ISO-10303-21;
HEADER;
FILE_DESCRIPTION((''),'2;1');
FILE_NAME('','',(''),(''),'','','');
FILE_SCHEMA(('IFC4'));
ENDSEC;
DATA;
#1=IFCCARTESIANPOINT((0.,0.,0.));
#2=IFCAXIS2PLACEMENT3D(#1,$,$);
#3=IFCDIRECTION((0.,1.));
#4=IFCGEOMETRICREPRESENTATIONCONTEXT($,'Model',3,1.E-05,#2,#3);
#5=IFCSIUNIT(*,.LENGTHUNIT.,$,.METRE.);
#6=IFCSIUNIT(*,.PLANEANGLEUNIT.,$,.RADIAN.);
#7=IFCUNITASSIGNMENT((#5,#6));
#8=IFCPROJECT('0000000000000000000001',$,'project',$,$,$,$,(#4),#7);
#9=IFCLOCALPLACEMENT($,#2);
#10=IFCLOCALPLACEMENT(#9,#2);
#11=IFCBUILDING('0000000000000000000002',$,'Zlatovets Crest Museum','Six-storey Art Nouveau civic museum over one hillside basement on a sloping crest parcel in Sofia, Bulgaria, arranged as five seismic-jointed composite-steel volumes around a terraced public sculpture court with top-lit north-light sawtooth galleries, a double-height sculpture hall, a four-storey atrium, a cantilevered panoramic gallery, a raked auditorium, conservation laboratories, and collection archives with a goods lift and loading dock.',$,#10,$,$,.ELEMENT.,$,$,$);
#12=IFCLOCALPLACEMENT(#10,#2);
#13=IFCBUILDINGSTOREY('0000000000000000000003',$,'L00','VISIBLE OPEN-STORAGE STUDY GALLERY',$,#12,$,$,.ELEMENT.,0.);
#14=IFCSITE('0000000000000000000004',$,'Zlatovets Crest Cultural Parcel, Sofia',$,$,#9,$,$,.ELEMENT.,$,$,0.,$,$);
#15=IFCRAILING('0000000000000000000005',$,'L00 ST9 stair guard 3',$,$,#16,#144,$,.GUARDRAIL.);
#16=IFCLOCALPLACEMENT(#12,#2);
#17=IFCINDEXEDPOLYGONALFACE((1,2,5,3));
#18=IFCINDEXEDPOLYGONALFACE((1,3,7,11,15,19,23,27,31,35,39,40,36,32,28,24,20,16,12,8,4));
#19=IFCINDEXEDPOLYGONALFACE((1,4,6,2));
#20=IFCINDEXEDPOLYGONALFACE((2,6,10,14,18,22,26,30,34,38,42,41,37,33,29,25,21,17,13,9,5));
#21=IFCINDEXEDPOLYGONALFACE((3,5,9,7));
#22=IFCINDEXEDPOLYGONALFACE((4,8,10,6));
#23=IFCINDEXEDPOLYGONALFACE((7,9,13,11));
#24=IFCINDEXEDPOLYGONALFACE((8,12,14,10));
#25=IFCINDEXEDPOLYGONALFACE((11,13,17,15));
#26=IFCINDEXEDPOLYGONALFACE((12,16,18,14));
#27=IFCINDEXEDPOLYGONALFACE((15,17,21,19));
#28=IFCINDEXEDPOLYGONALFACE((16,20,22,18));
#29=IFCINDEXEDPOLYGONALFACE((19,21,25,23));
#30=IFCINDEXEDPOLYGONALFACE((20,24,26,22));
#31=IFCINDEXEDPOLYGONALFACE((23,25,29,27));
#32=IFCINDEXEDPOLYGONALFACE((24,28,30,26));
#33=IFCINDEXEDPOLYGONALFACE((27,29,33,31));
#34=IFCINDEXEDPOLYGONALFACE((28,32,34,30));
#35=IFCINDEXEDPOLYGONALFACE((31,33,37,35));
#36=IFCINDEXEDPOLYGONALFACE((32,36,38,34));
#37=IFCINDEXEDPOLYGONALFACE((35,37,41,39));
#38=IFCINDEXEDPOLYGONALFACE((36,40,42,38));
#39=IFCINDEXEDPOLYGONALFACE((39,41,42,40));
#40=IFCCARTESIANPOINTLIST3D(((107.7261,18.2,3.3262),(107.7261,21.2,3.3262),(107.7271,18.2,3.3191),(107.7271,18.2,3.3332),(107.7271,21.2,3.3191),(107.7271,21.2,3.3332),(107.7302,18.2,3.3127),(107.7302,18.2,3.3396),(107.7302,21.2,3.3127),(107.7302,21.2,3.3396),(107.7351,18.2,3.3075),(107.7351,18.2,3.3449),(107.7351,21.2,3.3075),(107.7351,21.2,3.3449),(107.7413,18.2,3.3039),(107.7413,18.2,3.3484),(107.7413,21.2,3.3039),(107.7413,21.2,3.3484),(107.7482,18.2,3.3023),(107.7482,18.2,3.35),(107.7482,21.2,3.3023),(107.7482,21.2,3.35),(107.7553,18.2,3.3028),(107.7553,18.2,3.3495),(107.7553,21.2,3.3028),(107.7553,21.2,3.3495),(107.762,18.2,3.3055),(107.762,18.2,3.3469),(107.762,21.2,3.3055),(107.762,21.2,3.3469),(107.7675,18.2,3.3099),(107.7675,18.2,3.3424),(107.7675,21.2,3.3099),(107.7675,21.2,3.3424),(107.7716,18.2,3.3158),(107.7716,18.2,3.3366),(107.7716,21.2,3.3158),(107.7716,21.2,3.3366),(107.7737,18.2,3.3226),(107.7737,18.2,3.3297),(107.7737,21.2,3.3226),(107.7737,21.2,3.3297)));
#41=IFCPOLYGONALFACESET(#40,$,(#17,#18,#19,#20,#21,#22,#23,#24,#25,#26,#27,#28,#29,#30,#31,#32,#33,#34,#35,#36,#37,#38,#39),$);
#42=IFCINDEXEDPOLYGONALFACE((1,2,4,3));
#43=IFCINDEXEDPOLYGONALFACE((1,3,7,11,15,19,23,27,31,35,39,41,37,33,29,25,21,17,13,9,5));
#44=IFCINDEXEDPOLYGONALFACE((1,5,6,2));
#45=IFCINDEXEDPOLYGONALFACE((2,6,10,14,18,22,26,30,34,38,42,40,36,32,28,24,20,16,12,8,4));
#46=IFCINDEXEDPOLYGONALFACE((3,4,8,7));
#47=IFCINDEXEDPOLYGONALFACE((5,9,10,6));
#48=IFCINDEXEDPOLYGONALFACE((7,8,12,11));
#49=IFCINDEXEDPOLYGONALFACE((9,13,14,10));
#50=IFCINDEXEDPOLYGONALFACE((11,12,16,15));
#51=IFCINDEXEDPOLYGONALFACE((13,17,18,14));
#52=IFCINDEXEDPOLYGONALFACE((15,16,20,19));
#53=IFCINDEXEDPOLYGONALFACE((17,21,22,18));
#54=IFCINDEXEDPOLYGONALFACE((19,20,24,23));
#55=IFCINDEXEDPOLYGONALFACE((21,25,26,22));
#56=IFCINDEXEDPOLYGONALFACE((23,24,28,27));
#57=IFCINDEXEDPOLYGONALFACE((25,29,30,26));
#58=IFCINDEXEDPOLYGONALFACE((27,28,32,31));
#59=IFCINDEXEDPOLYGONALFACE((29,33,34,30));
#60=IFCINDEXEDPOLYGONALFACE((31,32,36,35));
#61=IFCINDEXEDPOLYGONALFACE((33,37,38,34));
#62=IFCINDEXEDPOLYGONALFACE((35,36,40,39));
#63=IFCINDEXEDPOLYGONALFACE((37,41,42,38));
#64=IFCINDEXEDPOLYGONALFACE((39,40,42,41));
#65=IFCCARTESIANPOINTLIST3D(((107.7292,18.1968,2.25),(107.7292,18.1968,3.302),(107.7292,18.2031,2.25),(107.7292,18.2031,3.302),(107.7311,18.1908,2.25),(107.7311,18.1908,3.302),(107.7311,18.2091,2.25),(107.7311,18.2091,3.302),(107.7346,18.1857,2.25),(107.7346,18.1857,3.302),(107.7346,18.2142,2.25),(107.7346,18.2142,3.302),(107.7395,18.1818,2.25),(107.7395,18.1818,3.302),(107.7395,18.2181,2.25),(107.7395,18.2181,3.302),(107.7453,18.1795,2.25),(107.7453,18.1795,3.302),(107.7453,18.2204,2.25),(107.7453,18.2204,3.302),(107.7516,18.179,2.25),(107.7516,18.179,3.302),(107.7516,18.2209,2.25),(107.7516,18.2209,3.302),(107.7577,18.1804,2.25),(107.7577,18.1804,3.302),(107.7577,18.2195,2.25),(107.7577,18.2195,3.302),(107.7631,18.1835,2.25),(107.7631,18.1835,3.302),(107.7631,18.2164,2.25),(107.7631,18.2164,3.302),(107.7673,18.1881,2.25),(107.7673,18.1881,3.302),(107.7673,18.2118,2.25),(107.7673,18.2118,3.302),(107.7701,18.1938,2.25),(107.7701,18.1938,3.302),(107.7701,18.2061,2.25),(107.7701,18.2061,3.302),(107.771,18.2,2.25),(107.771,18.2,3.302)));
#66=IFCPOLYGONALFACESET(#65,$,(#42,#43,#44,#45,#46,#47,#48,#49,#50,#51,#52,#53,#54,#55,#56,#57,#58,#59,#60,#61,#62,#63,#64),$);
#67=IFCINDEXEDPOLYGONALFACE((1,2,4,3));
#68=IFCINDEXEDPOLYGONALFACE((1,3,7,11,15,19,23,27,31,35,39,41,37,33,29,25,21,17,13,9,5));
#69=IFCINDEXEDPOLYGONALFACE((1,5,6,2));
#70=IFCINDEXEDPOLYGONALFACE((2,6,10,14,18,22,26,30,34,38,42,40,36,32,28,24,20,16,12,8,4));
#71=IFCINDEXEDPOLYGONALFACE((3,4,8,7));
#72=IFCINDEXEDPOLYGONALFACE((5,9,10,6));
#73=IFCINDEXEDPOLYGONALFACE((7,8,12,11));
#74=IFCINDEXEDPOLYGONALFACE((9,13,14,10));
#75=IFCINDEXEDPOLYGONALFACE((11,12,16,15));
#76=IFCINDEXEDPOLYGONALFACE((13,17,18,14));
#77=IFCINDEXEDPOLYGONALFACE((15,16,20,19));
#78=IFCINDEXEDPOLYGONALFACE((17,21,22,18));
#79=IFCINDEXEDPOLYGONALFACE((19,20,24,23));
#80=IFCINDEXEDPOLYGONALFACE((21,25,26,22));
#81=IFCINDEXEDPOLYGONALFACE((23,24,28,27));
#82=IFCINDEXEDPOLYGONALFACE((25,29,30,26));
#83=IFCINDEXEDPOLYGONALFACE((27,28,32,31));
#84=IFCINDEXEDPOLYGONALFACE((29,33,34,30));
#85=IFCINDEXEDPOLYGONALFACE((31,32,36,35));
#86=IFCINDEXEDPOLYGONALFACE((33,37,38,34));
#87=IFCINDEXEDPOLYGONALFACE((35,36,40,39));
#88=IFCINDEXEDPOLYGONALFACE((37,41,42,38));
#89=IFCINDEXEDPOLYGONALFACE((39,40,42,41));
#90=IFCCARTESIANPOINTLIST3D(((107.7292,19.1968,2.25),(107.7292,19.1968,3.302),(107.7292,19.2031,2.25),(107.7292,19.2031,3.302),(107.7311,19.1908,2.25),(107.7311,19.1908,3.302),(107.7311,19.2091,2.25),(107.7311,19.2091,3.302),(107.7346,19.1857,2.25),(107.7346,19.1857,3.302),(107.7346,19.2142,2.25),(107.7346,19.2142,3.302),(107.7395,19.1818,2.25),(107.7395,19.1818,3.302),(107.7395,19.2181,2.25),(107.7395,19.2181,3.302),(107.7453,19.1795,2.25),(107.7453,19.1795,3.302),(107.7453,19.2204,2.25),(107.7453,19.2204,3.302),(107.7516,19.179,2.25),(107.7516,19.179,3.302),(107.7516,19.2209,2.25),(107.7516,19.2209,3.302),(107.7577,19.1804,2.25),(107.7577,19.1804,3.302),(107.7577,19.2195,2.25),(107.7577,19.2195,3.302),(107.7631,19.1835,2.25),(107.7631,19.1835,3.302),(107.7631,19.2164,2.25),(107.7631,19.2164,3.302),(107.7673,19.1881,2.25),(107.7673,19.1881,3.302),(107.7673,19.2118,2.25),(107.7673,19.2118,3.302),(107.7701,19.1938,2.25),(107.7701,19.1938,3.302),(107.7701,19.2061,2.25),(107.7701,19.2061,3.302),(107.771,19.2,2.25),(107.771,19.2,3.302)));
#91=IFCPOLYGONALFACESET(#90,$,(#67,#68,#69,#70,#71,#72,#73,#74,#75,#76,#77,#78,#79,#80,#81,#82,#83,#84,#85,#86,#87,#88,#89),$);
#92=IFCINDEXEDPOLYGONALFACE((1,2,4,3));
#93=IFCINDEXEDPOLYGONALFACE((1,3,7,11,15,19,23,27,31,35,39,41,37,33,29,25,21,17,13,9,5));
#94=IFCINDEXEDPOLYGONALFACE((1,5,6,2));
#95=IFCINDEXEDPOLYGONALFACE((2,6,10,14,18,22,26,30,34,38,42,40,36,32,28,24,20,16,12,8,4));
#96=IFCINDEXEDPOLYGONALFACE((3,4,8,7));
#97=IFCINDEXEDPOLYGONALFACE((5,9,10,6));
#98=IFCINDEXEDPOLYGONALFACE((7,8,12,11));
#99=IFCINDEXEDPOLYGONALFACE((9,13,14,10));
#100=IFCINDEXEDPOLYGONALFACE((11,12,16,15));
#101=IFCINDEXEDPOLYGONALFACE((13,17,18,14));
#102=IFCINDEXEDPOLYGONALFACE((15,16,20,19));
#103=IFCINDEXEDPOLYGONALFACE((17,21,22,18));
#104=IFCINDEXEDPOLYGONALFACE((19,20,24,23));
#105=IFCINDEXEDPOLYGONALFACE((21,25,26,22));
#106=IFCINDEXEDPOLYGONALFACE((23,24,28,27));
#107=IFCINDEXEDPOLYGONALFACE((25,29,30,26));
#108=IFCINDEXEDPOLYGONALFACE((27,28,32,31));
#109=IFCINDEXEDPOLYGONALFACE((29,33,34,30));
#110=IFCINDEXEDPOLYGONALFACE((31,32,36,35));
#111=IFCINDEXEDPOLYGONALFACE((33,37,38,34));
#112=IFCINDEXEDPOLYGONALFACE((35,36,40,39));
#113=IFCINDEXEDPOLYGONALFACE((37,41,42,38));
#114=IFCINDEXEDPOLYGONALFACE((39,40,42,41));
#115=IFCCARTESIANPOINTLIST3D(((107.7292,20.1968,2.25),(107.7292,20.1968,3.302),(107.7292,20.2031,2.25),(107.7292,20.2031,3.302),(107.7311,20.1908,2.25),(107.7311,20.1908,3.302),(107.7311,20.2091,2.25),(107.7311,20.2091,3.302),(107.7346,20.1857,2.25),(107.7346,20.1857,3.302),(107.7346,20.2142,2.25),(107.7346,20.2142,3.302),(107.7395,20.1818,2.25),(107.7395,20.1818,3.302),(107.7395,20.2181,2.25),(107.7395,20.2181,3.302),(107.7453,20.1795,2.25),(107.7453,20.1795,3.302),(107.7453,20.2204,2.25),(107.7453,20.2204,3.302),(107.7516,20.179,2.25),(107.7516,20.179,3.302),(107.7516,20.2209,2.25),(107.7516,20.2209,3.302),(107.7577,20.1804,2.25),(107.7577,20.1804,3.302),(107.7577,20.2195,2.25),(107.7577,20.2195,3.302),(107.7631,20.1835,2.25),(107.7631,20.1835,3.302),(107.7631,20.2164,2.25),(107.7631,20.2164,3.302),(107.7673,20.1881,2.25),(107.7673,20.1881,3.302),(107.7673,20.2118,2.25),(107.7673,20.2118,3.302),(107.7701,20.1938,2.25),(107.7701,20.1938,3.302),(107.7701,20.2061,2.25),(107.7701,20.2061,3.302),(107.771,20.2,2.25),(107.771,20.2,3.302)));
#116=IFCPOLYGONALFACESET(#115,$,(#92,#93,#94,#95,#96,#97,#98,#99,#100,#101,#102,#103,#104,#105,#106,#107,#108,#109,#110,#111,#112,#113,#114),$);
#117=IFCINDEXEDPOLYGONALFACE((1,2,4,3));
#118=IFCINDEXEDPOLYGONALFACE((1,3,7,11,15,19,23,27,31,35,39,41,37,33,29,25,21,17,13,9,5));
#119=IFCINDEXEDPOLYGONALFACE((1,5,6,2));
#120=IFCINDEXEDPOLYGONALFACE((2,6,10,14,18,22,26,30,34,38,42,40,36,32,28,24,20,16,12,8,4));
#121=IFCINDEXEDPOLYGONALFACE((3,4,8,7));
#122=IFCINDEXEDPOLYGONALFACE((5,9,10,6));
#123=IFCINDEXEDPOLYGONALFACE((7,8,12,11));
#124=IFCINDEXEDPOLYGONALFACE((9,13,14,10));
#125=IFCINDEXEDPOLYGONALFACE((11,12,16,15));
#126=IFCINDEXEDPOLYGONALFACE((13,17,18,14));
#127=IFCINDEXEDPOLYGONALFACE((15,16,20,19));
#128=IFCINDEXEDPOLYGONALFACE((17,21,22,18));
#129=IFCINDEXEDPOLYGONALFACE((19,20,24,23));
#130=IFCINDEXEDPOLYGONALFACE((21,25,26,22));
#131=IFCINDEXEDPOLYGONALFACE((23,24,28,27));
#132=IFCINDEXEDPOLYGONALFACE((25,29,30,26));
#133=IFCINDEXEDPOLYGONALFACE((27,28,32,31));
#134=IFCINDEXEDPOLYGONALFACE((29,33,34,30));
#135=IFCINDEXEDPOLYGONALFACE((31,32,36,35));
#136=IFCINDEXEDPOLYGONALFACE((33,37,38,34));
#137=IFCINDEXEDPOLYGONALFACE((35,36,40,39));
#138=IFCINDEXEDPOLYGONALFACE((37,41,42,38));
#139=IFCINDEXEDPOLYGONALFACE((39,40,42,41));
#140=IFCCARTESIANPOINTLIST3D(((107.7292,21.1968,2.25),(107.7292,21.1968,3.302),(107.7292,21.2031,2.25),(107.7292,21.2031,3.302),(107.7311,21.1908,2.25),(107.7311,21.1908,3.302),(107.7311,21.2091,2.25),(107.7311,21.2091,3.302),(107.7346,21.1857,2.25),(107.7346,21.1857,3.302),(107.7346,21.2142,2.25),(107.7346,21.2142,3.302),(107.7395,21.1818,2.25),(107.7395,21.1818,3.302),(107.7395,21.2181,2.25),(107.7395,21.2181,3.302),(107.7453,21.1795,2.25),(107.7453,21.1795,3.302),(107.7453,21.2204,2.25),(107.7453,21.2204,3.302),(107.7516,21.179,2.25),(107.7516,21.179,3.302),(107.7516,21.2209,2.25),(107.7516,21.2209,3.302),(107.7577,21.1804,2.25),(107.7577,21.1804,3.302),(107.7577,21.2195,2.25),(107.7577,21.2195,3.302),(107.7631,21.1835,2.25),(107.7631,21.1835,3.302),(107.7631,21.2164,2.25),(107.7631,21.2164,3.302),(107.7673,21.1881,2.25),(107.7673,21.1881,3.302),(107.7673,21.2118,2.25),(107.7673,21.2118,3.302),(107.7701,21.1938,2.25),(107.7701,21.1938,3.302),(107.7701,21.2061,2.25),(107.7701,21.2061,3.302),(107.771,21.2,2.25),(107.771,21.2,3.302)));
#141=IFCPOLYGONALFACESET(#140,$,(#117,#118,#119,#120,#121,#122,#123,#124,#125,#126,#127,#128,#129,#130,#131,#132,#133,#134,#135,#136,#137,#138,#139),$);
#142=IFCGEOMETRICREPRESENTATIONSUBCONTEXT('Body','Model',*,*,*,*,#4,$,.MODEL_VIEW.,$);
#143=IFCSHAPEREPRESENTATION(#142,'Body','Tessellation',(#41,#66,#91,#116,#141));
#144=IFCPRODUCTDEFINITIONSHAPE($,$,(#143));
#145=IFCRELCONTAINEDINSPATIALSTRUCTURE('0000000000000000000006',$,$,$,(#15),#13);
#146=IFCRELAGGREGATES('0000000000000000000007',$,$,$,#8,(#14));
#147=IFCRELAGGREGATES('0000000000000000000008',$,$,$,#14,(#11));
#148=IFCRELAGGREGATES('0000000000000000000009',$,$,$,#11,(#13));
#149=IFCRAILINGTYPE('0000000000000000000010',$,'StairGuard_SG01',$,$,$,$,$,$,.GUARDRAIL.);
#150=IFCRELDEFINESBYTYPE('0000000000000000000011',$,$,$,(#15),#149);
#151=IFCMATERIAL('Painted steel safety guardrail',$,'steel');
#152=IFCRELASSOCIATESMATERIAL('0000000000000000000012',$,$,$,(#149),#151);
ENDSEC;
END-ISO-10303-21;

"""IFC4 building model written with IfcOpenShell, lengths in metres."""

from ifc_helpers import new_model, si_unit, direction, frame, origin, origin_2d, place, context, subcontext, project, spatial, circle, extrude, material, type_object, element, save


model = new_model("IFC4")

# Units and contexts
model_context = context("Model", 3, precision=1e-05, world=origin(), true_north=direction((0.0, 1.0)))
body_context = subcontext(model_context, "Body", "Model", "MODEL_VIEW")
ifc_project = project(units=[si_unit("LENGTHUNIT", "METRE"), si_unit("PLANEANGLEUNIT", "RADIAN")], contexts=[model_context])

# Site, building, storey
site_placement = place(None, origin())
site = spatial("IfcSite", under=ifc_project, at=site_placement, Name="Zlatovets Crest Cultural Parcel, Sofia", CompositionType="ELEMENT", RefElevation=0.0)
building_placement = place(site_placement, origin())
building = spatial("IfcBuilding", under=site, at=building_placement, Name="Zlatovets Crest Museum", Description="Six-storey Art Nouveau civic museum over one hillside basement on a sloping crest parcel in Sofia, Bulgaria, arranged as five seismic-jointed composite-steel volumes around a terraced public sculpture court with top-lit north-light sawtooth galleries, a double-height sculpture hall, a four-storey atrium, a cantilevered panoramic gallery, a raked auditorium, conservation laboratories, and collection archives with a goods lift and loading dock.", CompositionType="ELEMENT")
storey_placement = place(building_placement, origin())
storey = spatial("IfcBuildingStorey", under=building, at=storey_placement, Name="L00", Description="VISIBLE OPEN-STORAGE STUDY GALLERY", CompositionType="ELEMENT", Elevation=0.0)

# Railing
ifc_material_1 = material(Name="Painted steel safety guardrail", Category="steel")
railing_type = type_object("IfcRailingType", Name="StairGuard_SG01", PredefinedType="GUARDRAIL", material=ifc_material_1)
railing_1_placement = place(storey_placement, frame((107.75, 18.2, 2.25)))
element("IfcRailing", 1, at=railing_1_placement, inside=storey, type_object=railing_type, Name="L00 ST9 stair guard 3", PredefinedType="GUARDRAIL", context=body_context, shape_type="SweptSolid", body=[
    extrude(circle(Radius=0.0239, at=origin_2d()), frame((0.0, 0.0, 1.0762), z_axis=(0.0, 1.0, 0.0), x_axis=(-1.0, 0.0, 0.0)), (0.0, 0.0, 1.0), 3.0),
    extrude(circle(Radius=0.021, at=origin_2d()), origin(), (0.0, 0.0, 1.0), 1.052),
    extrude(circle(Radius=0.021, at=origin_2d()), frame((0.0, 1.0, 0.0)), (0.0, 0.0, 1.0), 1.052),
    extrude(circle(Radius=0.021, at=origin_2d()), frame((0.0, 2.0, 0.0)), (0.0, 0.0, 1.0), 1.052),
    extrude(circle(Radius=0.021, at=origin_2d()), frame((0.0, 3.0, 0.0)), (0.0, 0.0, 1.0), 1.052),
])

save(model, "model.ifc")
